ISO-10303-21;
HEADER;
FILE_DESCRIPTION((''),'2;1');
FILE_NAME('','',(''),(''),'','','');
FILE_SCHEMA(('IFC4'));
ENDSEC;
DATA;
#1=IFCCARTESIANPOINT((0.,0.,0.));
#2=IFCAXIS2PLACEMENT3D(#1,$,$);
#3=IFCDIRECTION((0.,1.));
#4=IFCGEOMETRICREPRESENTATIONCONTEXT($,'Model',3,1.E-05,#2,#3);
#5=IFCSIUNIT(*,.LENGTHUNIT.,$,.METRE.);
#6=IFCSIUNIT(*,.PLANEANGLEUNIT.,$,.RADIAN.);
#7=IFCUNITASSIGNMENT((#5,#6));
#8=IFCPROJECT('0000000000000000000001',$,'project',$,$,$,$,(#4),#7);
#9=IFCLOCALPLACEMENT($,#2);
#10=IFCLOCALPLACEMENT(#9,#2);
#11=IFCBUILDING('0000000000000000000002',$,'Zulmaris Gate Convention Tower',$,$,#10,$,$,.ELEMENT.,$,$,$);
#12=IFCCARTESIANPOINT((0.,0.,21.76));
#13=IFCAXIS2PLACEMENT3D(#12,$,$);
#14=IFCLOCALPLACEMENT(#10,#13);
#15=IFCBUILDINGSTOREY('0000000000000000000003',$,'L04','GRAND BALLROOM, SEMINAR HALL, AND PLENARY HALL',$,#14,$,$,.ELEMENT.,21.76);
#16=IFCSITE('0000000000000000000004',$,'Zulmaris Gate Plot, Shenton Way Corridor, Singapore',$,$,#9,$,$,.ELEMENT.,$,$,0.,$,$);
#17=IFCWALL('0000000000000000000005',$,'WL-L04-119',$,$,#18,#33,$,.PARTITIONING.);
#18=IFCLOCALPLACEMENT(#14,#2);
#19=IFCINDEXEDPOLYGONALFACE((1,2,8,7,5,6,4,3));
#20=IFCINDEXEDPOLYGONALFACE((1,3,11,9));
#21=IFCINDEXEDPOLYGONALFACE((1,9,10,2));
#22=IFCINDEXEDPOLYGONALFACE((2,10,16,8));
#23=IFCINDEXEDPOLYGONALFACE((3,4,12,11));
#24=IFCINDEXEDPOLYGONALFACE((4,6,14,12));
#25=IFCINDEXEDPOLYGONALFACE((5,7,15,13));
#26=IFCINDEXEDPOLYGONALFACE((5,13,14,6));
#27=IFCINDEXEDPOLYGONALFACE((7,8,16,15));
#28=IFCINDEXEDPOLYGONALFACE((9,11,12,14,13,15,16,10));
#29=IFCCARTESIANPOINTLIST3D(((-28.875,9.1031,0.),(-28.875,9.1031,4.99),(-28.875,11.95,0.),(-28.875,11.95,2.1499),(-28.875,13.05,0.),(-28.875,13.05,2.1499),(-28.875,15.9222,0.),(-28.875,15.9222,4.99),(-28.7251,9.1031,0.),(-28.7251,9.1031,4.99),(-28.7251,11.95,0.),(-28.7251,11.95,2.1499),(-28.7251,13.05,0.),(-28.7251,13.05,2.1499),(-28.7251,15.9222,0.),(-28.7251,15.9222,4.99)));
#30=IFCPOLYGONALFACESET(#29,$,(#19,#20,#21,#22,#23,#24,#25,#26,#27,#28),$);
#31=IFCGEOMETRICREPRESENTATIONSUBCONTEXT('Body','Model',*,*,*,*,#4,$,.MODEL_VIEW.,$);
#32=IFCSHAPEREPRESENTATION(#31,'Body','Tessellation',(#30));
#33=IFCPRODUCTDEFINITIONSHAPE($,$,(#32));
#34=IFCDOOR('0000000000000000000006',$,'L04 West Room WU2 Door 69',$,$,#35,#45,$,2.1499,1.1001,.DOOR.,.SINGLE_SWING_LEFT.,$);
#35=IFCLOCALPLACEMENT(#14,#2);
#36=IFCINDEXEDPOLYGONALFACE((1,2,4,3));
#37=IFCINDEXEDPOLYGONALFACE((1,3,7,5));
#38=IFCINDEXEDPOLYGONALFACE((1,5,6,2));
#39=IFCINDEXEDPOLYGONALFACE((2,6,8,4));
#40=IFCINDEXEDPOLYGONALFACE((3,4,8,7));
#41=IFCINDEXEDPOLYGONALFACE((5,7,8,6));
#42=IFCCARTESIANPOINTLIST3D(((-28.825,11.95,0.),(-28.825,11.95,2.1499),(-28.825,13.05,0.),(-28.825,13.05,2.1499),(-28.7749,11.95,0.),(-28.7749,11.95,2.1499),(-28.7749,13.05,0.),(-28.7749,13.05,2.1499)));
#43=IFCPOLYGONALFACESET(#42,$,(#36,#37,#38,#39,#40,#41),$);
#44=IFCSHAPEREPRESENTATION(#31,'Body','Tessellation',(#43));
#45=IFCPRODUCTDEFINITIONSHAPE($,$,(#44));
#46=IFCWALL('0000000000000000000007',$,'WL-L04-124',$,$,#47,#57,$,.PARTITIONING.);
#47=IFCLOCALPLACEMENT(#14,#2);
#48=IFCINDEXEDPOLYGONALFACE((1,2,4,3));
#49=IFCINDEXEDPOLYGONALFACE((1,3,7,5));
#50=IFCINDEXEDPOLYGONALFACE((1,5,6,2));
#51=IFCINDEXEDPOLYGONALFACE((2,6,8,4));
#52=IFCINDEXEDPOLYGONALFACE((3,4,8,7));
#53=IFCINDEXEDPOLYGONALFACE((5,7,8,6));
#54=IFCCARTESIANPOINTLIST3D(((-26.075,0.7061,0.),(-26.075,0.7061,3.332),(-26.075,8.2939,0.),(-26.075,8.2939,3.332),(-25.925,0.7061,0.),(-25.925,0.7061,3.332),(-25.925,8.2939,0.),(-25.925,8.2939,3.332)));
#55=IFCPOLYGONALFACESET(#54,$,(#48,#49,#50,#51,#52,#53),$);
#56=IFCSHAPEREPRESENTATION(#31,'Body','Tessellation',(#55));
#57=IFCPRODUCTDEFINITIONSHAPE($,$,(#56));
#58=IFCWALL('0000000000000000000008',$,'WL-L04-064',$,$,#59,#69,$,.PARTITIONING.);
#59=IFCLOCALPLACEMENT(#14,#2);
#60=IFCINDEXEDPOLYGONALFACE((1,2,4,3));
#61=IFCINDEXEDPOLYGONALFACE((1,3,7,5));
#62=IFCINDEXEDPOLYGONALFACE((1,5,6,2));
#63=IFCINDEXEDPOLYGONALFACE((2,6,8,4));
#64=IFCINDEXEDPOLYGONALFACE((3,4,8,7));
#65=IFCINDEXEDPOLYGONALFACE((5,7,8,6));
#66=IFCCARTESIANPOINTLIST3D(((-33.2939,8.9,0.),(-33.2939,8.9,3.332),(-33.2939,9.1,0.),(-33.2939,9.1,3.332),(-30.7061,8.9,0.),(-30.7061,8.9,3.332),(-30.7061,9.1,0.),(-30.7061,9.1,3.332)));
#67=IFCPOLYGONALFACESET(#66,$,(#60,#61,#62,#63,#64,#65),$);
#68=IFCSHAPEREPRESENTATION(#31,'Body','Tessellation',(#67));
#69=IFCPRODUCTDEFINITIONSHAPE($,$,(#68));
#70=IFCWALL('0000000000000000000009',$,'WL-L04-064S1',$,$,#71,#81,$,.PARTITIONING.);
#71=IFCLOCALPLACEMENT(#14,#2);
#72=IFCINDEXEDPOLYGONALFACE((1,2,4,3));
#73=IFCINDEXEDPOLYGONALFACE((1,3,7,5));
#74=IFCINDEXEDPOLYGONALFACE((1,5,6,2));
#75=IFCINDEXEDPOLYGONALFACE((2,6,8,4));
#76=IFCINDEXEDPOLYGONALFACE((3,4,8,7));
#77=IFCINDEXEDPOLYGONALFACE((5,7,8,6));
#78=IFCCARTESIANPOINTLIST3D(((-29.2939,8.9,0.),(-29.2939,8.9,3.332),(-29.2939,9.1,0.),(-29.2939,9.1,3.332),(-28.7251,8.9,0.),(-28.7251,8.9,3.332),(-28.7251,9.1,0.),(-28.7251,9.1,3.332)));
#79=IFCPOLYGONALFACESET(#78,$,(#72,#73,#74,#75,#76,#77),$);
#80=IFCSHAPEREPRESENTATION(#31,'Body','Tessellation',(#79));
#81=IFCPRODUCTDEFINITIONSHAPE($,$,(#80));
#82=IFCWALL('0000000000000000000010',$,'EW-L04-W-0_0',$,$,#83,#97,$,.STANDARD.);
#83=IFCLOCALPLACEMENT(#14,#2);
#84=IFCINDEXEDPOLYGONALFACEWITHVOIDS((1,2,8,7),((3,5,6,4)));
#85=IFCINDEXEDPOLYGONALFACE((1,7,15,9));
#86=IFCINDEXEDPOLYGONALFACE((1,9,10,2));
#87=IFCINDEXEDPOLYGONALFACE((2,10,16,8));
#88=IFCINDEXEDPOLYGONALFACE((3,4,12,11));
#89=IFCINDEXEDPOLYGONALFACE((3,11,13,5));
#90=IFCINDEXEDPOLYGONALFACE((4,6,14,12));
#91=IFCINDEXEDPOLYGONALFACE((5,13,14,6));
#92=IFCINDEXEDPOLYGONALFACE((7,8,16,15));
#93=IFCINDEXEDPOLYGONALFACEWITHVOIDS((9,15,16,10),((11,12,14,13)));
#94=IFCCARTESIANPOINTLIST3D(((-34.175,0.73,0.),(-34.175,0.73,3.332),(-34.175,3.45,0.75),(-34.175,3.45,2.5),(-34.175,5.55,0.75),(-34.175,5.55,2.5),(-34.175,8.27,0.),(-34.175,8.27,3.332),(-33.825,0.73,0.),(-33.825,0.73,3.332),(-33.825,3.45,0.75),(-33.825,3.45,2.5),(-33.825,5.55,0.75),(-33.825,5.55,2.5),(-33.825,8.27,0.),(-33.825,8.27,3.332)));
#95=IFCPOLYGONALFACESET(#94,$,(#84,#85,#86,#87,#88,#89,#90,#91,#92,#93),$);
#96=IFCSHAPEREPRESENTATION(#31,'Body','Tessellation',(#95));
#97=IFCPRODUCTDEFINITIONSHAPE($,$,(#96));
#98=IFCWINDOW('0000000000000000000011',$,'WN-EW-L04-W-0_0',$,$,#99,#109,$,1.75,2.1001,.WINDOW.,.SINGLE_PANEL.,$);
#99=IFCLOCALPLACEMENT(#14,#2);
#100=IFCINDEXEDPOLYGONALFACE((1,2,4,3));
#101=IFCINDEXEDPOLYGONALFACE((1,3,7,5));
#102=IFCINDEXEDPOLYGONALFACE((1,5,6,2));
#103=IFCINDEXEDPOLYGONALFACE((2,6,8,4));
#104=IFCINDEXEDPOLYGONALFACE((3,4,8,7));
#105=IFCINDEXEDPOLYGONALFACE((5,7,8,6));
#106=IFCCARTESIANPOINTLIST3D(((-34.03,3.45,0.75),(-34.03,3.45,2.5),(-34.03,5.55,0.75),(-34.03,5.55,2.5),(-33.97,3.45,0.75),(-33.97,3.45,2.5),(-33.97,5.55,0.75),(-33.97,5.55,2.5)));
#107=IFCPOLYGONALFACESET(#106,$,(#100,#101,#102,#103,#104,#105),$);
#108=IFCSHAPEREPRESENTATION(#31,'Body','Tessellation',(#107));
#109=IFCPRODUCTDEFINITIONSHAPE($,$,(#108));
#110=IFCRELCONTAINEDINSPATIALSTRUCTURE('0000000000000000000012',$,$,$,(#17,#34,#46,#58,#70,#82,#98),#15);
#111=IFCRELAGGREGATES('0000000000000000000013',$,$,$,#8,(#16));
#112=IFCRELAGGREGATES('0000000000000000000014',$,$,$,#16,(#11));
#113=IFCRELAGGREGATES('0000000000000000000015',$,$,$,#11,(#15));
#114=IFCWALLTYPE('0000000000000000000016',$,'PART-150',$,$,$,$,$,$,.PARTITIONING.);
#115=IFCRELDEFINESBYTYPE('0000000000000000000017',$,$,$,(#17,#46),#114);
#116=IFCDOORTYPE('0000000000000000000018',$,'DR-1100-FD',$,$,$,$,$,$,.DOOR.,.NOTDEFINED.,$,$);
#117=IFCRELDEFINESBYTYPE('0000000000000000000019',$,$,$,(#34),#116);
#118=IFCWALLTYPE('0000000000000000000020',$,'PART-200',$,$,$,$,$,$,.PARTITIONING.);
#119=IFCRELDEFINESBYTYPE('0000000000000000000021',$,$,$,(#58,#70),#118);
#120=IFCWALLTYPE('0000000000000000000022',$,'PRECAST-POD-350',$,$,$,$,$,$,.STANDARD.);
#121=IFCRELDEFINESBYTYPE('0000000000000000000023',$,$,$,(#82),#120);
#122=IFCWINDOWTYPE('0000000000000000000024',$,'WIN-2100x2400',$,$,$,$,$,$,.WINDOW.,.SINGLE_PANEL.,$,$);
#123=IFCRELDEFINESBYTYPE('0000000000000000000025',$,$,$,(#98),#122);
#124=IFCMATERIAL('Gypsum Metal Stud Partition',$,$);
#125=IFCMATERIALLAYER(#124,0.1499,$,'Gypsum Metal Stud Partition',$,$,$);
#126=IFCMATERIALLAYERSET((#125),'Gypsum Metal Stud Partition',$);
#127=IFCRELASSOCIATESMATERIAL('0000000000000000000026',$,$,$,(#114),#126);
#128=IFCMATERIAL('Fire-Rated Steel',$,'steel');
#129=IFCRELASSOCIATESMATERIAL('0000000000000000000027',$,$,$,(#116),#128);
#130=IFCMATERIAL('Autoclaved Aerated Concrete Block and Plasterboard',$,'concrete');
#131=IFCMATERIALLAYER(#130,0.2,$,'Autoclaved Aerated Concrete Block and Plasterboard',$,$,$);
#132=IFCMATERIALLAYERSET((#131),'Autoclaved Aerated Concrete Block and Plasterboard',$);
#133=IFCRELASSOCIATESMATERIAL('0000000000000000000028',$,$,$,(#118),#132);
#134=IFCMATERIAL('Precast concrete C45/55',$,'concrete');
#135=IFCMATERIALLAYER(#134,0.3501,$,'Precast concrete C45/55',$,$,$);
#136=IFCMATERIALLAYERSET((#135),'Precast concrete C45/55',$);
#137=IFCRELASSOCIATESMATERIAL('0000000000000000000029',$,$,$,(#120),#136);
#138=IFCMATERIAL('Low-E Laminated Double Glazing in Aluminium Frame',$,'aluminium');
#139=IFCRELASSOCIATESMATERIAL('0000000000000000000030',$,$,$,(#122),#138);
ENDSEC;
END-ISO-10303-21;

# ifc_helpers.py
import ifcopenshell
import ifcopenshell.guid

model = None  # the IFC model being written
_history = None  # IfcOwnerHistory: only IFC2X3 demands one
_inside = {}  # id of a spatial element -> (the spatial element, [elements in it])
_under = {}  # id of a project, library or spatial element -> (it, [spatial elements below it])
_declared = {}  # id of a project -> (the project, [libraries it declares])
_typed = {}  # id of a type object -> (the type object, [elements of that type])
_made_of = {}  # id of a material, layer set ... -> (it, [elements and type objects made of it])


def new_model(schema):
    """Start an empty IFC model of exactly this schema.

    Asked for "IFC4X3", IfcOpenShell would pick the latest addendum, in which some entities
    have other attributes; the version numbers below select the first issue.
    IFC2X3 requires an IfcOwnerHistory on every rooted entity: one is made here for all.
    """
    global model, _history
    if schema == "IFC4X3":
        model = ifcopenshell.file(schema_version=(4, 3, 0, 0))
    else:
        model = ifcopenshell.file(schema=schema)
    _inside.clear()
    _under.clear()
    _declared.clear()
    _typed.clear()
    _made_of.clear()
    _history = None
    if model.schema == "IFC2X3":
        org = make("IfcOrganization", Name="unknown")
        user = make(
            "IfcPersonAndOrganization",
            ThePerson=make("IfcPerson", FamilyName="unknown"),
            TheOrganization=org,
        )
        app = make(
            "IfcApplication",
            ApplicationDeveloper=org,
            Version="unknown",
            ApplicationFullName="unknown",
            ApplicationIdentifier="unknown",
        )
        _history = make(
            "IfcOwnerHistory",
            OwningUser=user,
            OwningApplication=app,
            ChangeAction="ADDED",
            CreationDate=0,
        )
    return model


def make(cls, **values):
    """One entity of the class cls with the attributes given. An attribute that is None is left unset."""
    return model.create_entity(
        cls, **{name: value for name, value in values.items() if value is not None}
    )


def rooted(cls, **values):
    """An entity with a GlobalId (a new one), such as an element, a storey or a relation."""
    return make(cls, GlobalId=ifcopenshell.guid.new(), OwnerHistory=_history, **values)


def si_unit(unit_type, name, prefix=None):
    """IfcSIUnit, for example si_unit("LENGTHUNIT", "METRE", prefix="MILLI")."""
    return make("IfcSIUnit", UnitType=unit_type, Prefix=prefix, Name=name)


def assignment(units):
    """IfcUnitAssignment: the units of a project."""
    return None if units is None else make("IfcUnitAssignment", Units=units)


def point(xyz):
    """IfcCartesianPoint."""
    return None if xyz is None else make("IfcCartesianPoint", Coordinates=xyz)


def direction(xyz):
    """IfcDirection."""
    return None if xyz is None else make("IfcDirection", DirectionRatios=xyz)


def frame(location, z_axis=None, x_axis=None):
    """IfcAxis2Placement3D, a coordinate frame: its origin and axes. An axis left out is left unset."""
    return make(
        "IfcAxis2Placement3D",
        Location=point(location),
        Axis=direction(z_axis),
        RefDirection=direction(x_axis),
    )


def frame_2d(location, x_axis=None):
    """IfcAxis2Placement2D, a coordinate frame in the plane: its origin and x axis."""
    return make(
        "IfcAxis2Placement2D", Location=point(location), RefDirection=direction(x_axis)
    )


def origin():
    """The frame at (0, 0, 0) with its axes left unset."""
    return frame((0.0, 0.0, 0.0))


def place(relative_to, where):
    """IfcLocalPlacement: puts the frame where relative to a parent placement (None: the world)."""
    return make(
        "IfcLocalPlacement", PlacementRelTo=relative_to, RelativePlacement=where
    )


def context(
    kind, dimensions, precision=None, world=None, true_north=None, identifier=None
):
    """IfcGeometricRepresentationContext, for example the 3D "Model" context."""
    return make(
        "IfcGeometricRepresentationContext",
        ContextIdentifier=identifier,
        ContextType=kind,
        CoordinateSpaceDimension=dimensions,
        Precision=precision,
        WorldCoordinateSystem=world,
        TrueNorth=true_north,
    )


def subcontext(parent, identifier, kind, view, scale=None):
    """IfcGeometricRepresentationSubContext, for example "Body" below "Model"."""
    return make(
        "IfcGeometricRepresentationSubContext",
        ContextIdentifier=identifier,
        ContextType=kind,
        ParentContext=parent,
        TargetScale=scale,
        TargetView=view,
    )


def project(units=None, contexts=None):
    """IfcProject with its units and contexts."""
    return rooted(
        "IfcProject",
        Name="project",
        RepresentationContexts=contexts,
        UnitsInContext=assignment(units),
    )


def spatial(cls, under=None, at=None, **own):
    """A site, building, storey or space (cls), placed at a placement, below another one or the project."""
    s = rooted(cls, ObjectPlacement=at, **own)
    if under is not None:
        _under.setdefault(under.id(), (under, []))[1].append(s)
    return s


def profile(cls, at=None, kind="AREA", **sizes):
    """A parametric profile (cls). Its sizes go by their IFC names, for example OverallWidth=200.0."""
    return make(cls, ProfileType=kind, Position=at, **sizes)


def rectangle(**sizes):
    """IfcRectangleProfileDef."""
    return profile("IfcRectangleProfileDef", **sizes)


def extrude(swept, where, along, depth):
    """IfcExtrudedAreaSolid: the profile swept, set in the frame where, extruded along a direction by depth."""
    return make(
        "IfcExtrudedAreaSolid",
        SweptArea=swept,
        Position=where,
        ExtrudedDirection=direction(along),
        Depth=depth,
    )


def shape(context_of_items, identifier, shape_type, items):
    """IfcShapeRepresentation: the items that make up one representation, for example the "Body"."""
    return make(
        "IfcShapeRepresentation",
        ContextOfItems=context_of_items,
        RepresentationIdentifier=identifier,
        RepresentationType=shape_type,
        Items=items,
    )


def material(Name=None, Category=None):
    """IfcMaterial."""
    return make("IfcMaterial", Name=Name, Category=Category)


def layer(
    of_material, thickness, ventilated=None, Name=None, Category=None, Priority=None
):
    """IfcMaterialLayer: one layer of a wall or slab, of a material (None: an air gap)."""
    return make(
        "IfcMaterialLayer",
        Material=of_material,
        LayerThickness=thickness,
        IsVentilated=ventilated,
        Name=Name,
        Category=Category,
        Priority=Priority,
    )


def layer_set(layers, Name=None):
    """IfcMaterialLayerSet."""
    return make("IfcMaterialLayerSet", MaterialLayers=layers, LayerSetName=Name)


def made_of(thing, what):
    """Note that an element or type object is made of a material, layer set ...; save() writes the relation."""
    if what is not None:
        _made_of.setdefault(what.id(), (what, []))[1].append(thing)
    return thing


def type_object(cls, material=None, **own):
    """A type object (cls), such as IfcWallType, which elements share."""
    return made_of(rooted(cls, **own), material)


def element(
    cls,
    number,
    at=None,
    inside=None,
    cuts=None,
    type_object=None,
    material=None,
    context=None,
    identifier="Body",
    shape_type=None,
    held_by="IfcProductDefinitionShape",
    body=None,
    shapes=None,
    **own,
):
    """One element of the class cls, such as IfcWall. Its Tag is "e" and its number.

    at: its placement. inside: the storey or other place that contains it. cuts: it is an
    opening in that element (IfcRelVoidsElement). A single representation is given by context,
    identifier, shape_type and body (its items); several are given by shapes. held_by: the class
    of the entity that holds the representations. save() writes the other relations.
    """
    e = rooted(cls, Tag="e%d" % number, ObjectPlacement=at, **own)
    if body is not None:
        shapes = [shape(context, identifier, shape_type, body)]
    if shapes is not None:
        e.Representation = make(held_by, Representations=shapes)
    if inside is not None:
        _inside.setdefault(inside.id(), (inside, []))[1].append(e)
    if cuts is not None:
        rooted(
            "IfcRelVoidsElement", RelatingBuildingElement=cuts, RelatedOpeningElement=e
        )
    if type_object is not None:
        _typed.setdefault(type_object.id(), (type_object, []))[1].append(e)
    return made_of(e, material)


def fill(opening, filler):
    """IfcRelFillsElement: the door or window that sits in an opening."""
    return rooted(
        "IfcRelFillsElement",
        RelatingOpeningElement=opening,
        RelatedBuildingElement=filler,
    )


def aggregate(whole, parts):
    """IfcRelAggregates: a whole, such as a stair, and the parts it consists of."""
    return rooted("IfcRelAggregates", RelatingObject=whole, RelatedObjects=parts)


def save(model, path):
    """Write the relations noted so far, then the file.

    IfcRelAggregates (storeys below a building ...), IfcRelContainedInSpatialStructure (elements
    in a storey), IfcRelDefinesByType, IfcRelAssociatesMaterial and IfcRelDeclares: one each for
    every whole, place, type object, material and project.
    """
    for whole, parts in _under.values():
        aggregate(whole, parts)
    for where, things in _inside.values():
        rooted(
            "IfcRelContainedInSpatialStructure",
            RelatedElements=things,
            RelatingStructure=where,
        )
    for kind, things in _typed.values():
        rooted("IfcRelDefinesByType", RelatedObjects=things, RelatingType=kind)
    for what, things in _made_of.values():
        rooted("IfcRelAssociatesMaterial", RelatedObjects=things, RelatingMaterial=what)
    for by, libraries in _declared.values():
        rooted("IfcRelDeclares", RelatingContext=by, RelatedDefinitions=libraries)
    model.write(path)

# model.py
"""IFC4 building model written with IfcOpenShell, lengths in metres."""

from ifc_helpers import new_model, si_unit, direction, frame, frame_2d, origin, place, context, subcontext, project, spatial, rectangle, extrude, material, layer, layer_set, type_object, element, fill, save


model = new_model("IFC4")

# Units and contexts
model_context = context("Model", 3, precision=1e-05, world=origin(), true_north=direction((0.0, 1.0)))
body_context = subcontext(model_context, "Body", "Model", "MODEL_VIEW")
ifc_project = project(units=[si_unit("LENGTHUNIT", "METRE"), si_unit("PLANEANGLEUNIT", "RADIAN")], contexts=[model_context])

# Site, building, storey
site_placement = place(None, origin())
site = spatial("IfcSite", under=ifc_project, at=site_placement, Name="Zulmaris Gate Plot, Shenton Way Corridor, Singapore", CompositionType="ELEMENT", RefElevation=0.0)
building_placement = place(site_placement, origin())
building = spatial("IfcBuilding", under=site, at=building_placement, Name="Zulmaris Gate Convention Tower", CompositionType="ELEMENT")
storey_placement = place(building_placement, frame((0.0, 0.0, 21.76)))
storey = spatial("IfcBuildingStorey", under=building, at=storey_placement, Name="L04", Description="GRAND BALLROOM, SEMINAR HALL, AND PLENARY HALL", CompositionType="ELEMENT", Elevation=21.76)

# Wall, opening, door
ifc_material_1 = material(Name="Gypsum Metal Stud Partition")
ifc_layer_1 = layer(ifc_material_1, 0.1499, Name="Gypsum Metal Stud Partition")
ifc_layer_set_1 = layer_set([ifc_layer_1], Name="Gypsum Metal Stud Partition")
wall_type_1 = type_object("IfcWallType", Name="PART-150", PredefinedType="PARTITIONING", material=ifc_layer_set_1)
wall_1_placement = place(storey_placement, frame((-28.8, 9.103, 0.0), z_axis=(0.0, 0.0, 1.0), x_axis=(0.0, 1.0, 0.0)))
wall_1 = element("IfcWall", 1, at=wall_1_placement, inside=storey, type_object=wall_type_1, Name="WL-L04-119", PredefinedType="PARTITIONING", context=body_context, shape_type="SweptSolid", body=[
    extrude(rectangle(XDim=6.8191, YDim=0.1499, at=frame_2d((3.4097, 0.0))), origin(), (0.0, 0.0, 1.0), 4.99),
])
opening_1_placement = place(wall_1_placement, frame((2.8469, 0.0, 0.0)))
opening_1 = element("IfcOpeningElement", 2, at=opening_1_placement, cuts=wall_1, PredefinedType="OPENING", context=body_context, shape_type="SweptSolid", body=[
    extrude(rectangle(XDim=1.1001, YDim=2.1499, at=frame_2d((0.55, 1.075))), frame((0.0, 0.085, 0.0), z_axis=(0.0, -1.0, 0.0), x_axis=(1.0, 0.0, 0.0)), (0.0, 0.0, 1.0), 0.1699),
])
ifc_material_2 = material(Name="Fire-Rated Steel", Category="steel")
door_type = type_object("IfcDoorType", Name="DR-1100-FD", OperationType="NOTDEFINED", PredefinedType="DOOR", material=ifc_material_2)
door_placement = place(opening_1_placement, origin())
door = element("IfcDoor", 3, at=door_placement, inside=storey, type_object=door_type, Name="L04 West Room WU2 Door 69", OperationType="SINGLE_SWING_LEFT", OverallHeight=2.1499, OverallWidth=1.1001, PredefinedType="DOOR", context=body_context, shape_type="SweptSolid", body=[
    extrude(rectangle(XDim=1.1001, YDim=2.1499, at=frame_2d((0.55, 1.075))), frame((0.0, 0.0249, 0.0), z_axis=(0.0, -1.0, 0.0), x_axis=(1.0, 0.0, 0.0)), (0.0, 0.0, 1.0), 0.05),
])
fill(opening_1, door)

# Walls
wall_2_placement = place(storey_placement, frame((-26.0, 0.7061, 0.0), z_axis=(0.0, 0.0, 1.0), x_axis=(0.0, 1.0, 0.0)))
element("IfcWall", 4, at=wall_2_placement, inside=storey, type_object=wall_type_1, Name="WL-L04-124", PredefinedType="PARTITIONING", context=body_context, shape_type="SweptSolid", body=[
    extrude(rectangle(XDim=7.5879, YDim=0.1499, at=frame_2d((3.7939, 0.0))), origin(), (0.0, 0.0, 1.0), 3.332),
])
ifc_material_3 = material(Name="Autoclaved Aerated Concrete Block and Plasterboard", Category="concrete")
ifc_layer_2 = layer(ifc_material_3, 0.2, Name="Autoclaved Aerated Concrete Block and Plasterboard")
ifc_layer_set_2 = layer_set([ifc_layer_2], Name="Autoclaved Aerated Concrete Block and Plasterboard")
wall_type_2 = type_object("IfcWallType", Name="PART-200", PredefinedType="PARTITIONING", material=ifc_layer_set_2)
wall_3_placement = place(storey_placement, frame((-33.2939, 9.0, 0.0), z_axis=(0.0, 0.0, 1.0), x_axis=(1.0, 0.0, 0.0)))
element("IfcWall", 5, at=wall_3_placement, inside=storey, type_object=wall_type_2, Name="WL-L04-064", PredefinedType="PARTITIONING", context=body_context, shape_type="SweptSolid", body=[
    extrude(rectangle(XDim=2.5879, YDim=0.2, at=frame_2d((1.2939, 0.0))), origin(), (0.0, 0.0, 1.0), 3.332),
])
wall_4_placement = place(storey_placement, frame((-29.2939, 9.0, 0.0), z_axis=(0.0, 0.0, 1.0), x_axis=(1.0, 0.0, 0.0)))
element("IfcWall", 6, at=wall_4_placement, inside=storey, type_object=wall_type_2, Name="WL-L04-064S1", PredefinedType="PARTITIONING", context=body_context, shape_type="SweptSolid", body=[
    extrude(rectangle(XDim=0.5688, YDim=0.2, at=frame_2d((0.2844, 0.0))), origin(), (0.0, 0.0, 1.0), 3.332),
])

# Wall, opening, window
ifc_material_4 = material(Name="Precast concrete C45/55", Category="concrete")
ifc_layer_3 = layer(ifc_material_4, 0.3501, Name="Precast concrete C45/55")
ifc_layer_set_3 = layer_set([ifc_layer_3], Name="Precast concrete C45/55")
wall_type_3 = type_object("IfcWallType", Name="PRECAST-POD-350", PredefinedType="STANDARD", material=ifc_layer_set_3)
wall_5_placement = place(storey_placement, frame((-34.0, 0.73, 0.0), z_axis=(0.0, 0.0, 1.0), x_axis=(0.0, 1.0, 0.0)))
wall_5 = element("IfcWall", 7, at=wall_5_placement, inside=storey, type_object=wall_type_3, Name="EW-L04-W-0_0", PredefinedType="STANDARD", context=body_context, shape_type="SweptSolid", body=[
    extrude(rectangle(XDim=7.54, YDim=0.3501, at=frame_2d((3.77, 0.0))), origin(), (0.0, 0.0, 1.0), 3.332),
])
opening_2_placement = place(wall_5_placement, frame((2.72, 0.0, 0.75)))
opening_2 = element("IfcOpeningElement", 8, at=opening_2_placement, cuts=wall_5, PredefinedType="OPENING", context=body_context, shape_type="SweptSolid", body=[
    extrude(rectangle(XDim=2.1001, YDim=1.75, at=frame_2d((1.05, 0.875))), frame((0.0, 0.1851, 0.0), z_axis=(0.0, -1.0, 0.0), x_axis=(1.0, 0.0, 0.0)), (0.0, 0.0, 1.0), 0.3701),
])
ifc_material_5 = material(Name="Low-E Laminated Double Glazing in Aluminium Frame", Category="aluminium")
window_type = type_object("IfcWindowType", Name="WIN-2100x2400", PartitioningType="SINGLE_PANEL", PredefinedType="WINDOW", material=ifc_material_5)
window_placement = place(opening_2_placement, origin())
window = element("IfcWindow", 9, at=window_placement, inside=storey, type_object=window_type, Name="WN-EW-L04-W-0_0", OverallHeight=1.75, OverallWidth=2.1001, PartitioningType="SINGLE_PANEL", PredefinedType="WINDOW", context=body_context, shape_type="SweptSolid", body=[
    extrude(rectangle(XDim=2.1001, YDim=1.75, at=frame_2d((1.05, 0.875))), frame((0.0, 0.03, 0.0), z_axis=(0.0, -1.0, 0.0), x_axis=(1.0, 0.0, 0.0)), (0.0, 0.0, 1.0), 0.0601),
])
fill(opening_2, window)

save(model, "model.ifc")
